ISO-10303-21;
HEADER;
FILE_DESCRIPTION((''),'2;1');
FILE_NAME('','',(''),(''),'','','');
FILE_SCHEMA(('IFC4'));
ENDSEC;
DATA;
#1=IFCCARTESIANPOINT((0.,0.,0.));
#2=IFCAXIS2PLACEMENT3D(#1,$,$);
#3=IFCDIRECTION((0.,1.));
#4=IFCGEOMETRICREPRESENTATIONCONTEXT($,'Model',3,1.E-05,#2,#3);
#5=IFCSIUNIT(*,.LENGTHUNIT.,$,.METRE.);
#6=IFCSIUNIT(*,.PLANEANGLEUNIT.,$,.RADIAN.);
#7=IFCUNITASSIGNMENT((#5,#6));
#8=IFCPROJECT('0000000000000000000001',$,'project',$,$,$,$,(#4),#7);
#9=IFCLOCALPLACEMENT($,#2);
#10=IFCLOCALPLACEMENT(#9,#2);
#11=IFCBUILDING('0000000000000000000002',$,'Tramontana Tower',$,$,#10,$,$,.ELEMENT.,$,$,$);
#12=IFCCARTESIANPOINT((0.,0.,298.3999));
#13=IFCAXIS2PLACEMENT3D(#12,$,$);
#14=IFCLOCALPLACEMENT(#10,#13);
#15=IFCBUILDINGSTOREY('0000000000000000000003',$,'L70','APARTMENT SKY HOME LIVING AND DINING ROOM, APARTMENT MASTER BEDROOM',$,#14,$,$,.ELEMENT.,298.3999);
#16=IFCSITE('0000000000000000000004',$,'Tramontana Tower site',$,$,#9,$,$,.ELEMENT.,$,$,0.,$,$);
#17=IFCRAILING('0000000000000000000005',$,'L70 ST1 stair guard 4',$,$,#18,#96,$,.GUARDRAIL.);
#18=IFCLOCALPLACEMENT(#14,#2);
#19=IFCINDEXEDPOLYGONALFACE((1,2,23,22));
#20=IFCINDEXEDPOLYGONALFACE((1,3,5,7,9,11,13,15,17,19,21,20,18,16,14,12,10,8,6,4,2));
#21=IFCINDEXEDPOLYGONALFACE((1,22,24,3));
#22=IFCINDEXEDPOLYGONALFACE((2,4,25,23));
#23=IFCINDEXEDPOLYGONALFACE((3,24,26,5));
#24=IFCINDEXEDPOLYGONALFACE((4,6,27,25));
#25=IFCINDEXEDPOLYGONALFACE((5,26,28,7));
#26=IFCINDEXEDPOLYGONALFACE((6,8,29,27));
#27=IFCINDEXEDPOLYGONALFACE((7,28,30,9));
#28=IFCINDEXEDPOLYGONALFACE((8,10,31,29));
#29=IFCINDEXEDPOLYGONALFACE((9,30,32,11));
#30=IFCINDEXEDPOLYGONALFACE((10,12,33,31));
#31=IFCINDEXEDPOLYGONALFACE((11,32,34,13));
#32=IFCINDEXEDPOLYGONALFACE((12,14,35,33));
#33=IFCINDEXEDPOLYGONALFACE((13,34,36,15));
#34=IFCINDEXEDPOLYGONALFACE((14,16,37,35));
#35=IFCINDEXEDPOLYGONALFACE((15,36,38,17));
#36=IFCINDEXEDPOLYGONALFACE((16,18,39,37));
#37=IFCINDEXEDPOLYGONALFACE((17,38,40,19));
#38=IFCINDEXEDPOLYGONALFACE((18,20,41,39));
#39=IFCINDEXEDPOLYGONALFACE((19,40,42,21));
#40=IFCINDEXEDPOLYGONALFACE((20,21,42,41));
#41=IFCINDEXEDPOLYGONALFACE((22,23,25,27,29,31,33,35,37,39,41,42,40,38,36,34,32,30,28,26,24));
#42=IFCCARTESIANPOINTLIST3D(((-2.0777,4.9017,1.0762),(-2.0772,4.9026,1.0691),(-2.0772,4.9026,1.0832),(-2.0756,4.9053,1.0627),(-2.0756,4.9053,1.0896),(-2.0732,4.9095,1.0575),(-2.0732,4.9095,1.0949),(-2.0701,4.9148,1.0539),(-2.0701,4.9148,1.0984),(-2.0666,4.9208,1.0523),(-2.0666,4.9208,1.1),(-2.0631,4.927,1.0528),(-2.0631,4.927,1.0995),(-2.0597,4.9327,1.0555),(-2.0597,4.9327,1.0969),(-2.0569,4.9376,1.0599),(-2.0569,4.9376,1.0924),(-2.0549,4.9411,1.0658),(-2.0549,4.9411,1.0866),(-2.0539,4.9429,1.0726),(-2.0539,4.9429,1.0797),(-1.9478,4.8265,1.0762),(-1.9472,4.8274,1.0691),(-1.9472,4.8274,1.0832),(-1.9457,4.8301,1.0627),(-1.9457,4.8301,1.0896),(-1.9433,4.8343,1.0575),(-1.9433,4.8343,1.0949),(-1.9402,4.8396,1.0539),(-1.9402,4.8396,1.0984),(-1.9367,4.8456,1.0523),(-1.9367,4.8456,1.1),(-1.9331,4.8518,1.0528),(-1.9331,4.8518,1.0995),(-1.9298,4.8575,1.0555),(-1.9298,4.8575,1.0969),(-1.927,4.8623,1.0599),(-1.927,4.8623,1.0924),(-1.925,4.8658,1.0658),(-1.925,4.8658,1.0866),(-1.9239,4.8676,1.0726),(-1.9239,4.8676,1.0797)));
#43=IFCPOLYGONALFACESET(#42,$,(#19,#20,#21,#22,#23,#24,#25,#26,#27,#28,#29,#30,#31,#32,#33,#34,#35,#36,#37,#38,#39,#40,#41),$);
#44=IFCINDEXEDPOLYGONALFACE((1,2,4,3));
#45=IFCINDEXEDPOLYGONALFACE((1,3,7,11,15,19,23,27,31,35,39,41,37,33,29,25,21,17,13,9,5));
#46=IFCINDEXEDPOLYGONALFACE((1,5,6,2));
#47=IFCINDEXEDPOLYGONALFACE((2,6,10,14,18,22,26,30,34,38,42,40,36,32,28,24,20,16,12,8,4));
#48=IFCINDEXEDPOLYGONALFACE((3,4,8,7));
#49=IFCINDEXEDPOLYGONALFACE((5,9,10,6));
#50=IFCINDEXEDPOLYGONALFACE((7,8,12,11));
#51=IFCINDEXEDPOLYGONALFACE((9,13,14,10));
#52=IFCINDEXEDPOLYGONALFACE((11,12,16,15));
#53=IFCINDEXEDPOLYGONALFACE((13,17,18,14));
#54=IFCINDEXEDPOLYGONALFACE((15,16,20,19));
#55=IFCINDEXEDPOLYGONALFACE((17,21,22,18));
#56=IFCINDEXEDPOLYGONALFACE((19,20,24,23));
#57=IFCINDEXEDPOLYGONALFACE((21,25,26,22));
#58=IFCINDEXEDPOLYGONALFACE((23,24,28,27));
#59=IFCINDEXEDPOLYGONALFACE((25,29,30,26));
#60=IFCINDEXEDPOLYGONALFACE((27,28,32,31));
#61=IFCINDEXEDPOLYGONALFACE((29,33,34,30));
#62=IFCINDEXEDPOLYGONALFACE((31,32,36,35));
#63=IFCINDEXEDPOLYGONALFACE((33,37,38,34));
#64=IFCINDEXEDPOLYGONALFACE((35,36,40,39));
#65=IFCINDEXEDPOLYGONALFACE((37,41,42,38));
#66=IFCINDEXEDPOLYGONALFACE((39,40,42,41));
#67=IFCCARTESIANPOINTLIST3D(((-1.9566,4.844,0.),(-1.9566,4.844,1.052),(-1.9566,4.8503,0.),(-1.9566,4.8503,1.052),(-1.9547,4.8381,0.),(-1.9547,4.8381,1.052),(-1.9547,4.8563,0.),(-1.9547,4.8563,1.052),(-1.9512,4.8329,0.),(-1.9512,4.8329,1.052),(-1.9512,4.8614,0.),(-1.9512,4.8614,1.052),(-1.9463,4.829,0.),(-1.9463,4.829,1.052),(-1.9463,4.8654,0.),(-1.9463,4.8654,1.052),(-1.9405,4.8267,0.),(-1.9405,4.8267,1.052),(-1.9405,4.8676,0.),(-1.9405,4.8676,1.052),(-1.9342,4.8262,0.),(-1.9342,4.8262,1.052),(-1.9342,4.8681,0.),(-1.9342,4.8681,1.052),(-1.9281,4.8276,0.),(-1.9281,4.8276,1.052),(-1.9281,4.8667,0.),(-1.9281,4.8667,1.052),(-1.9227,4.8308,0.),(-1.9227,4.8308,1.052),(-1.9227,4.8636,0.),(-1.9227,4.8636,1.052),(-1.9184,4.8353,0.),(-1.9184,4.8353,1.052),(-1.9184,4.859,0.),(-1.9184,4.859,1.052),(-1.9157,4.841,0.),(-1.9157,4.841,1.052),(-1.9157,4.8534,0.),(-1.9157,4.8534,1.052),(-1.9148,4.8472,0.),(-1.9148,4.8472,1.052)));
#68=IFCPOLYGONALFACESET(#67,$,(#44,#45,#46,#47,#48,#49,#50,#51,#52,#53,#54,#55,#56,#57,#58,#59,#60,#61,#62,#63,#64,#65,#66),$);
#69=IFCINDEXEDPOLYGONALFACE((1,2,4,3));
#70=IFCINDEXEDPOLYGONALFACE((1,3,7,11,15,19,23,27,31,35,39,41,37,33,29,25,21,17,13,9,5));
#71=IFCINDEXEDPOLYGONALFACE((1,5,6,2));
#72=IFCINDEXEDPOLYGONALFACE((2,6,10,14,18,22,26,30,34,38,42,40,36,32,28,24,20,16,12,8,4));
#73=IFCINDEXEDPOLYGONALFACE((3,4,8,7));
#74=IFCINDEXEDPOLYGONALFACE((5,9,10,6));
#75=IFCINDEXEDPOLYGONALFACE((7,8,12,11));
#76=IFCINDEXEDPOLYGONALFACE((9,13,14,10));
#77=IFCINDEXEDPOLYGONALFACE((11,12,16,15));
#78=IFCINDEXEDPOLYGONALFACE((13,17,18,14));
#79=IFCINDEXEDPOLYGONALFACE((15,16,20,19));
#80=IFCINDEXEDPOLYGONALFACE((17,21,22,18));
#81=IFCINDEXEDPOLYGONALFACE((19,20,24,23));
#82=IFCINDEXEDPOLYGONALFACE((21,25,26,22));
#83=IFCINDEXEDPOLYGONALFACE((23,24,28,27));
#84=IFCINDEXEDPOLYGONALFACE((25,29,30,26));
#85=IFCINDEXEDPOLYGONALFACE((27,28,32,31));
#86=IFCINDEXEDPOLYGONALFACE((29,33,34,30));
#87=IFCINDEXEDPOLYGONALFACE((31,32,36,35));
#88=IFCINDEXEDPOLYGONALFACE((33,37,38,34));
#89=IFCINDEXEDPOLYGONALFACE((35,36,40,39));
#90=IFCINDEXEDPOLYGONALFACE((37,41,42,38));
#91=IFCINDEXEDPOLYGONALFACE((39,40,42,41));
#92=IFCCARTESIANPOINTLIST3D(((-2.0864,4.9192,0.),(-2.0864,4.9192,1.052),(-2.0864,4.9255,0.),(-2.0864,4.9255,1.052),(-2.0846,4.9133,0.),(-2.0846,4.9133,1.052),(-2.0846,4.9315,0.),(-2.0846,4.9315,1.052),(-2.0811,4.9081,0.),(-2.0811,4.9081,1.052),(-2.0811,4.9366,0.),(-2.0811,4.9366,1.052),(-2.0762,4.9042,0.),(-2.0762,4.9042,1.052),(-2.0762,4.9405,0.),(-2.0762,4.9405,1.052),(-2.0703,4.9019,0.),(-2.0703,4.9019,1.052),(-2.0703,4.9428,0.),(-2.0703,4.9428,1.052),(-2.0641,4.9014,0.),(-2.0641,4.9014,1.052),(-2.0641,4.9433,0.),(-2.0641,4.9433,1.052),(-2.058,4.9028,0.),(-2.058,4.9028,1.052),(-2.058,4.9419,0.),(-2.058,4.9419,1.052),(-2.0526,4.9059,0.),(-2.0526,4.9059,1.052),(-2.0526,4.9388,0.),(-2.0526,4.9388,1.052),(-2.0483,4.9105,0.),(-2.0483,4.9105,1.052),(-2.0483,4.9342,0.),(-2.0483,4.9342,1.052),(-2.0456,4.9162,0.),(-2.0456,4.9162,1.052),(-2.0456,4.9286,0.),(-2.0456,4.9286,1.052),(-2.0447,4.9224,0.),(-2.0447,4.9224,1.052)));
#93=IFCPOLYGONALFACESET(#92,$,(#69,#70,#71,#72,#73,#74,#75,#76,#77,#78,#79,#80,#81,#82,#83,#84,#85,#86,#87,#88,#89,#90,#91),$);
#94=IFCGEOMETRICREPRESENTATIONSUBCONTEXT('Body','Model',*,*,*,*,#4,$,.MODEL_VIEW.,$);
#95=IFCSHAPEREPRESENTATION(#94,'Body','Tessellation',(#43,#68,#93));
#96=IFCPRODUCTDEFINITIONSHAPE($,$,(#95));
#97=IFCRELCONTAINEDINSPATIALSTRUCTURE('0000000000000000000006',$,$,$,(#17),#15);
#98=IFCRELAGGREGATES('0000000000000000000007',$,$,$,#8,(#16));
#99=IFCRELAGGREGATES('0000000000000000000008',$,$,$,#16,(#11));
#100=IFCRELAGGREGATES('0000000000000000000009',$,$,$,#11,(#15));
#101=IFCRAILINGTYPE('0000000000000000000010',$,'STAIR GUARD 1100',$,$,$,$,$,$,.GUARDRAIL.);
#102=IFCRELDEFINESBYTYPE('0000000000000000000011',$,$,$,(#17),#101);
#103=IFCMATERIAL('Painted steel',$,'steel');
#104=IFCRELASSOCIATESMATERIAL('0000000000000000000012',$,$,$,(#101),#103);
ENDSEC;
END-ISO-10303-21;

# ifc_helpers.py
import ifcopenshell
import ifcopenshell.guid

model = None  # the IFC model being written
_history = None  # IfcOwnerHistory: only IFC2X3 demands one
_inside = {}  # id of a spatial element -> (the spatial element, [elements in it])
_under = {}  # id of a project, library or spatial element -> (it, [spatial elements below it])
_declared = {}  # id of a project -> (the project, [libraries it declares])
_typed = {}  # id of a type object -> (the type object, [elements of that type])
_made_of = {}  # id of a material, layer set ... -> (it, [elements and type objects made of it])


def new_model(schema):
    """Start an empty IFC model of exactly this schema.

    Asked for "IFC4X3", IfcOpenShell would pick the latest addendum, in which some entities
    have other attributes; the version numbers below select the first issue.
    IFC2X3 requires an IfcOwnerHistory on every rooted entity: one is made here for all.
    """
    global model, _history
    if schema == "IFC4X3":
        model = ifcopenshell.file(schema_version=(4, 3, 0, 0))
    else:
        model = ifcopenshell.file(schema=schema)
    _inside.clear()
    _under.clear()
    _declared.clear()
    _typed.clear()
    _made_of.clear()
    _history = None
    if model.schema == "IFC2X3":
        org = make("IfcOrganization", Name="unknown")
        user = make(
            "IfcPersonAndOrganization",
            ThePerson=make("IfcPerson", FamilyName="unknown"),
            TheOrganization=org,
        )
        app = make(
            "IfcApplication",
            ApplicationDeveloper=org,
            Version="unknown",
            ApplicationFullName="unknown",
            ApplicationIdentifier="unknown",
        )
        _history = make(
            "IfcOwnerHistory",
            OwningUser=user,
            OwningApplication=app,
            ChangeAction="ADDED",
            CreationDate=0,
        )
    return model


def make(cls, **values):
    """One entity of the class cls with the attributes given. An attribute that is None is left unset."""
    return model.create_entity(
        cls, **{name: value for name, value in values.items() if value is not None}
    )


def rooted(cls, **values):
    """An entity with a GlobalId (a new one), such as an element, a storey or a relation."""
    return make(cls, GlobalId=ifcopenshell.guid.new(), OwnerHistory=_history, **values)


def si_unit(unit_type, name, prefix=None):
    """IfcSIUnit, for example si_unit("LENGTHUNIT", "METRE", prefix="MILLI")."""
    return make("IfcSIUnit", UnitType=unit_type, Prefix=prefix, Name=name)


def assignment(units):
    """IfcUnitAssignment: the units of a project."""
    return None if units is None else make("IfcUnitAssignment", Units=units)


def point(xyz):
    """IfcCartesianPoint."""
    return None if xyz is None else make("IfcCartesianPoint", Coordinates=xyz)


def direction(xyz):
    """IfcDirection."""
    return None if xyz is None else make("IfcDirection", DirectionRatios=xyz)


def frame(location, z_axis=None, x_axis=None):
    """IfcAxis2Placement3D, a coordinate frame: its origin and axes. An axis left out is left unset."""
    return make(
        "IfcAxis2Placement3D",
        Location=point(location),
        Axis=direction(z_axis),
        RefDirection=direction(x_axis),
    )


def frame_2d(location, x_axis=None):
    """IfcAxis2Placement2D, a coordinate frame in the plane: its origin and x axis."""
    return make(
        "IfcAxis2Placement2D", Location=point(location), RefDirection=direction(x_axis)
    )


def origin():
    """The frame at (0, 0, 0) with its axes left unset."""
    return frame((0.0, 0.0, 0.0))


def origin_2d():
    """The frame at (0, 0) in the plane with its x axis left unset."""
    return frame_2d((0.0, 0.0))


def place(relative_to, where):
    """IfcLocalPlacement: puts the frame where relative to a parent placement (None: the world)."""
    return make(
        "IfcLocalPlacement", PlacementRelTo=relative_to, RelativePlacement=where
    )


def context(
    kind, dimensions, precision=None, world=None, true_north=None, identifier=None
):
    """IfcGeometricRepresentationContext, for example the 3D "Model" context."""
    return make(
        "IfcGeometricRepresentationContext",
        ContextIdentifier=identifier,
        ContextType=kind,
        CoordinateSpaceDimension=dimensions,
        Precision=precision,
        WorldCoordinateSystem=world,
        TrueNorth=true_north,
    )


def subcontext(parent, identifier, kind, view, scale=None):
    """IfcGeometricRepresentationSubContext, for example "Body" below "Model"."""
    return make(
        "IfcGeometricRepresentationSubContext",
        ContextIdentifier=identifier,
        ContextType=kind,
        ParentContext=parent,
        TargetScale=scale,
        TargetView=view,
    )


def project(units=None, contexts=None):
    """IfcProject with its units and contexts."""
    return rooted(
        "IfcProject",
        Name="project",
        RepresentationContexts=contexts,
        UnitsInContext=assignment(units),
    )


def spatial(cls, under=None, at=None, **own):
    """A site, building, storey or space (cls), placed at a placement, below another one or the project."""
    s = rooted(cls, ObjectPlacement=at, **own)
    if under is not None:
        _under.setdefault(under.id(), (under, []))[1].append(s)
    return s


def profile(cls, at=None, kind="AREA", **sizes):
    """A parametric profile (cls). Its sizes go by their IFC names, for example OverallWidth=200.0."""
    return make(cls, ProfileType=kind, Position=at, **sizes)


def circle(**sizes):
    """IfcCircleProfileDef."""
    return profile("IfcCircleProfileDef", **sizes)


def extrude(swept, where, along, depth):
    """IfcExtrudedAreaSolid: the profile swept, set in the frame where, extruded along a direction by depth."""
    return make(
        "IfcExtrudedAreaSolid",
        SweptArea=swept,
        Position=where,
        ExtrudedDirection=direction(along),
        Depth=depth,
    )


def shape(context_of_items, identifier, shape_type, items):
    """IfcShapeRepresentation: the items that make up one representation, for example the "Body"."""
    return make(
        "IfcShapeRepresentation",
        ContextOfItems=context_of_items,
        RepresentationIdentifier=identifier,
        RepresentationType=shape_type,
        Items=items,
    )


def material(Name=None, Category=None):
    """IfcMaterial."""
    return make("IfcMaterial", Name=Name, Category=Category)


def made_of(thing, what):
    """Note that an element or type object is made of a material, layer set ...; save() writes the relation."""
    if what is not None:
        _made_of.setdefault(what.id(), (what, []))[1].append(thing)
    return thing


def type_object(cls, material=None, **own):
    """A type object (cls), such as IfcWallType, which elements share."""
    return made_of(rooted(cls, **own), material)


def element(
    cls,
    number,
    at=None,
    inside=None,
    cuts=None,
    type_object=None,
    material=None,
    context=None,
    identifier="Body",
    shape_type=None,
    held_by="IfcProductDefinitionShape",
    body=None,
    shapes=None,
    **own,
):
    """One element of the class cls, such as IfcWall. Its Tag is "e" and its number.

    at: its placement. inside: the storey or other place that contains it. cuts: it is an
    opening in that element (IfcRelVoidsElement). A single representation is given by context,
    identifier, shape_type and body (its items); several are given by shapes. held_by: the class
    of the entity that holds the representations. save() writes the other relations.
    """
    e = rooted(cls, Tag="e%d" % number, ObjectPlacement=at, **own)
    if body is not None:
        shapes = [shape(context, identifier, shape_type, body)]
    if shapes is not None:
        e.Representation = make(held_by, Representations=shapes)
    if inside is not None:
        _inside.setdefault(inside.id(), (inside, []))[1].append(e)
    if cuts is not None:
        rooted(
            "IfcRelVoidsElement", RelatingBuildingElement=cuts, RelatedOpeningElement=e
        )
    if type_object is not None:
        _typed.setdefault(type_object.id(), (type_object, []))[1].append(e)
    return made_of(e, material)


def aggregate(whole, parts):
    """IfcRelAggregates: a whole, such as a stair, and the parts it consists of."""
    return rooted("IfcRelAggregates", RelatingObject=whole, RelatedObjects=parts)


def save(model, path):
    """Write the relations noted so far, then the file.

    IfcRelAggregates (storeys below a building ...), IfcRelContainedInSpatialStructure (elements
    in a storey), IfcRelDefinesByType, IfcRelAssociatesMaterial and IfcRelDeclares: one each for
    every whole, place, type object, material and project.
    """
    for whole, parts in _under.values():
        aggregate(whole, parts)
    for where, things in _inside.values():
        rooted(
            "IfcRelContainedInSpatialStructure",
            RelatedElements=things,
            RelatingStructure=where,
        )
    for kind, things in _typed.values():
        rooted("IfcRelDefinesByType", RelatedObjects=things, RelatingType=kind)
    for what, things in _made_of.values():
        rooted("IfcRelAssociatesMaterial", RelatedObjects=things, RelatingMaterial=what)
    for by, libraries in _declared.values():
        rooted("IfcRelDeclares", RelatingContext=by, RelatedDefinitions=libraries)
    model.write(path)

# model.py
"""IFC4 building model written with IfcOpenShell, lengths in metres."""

from ifc_helpers import new_model, si_unit, direction, frame, origin, origin_2d, place, context, subcontext, project, spatial, circle, extrude, material, type_object, element, save


model = new_model("IFC4")

# Units and contexts
model_context = context("Model", 3, precision=1e-05, world=origin(), true_north=direction((0.0, 1.0)))
body_context = subcontext(model_context, "Body", "Model", "MODEL_VIEW")
ifc_project = project(units=[si_unit("LENGTHUNIT", "METRE"), si_unit("PLANEANGLEUNIT", "RADIAN")], contexts=[model_context])

# Site, building, storey
site_placement = place(None, origin())
site = spatial("IfcSite", under=ifc_project, at=site_placement, Name="Tramontana Tower site", CompositionType="ELEMENT", RefElevation=0.0)
building_placement = place(site_placement, origin())
building = spatial("IfcBuilding", under=site, at=building_placement, Name="Tramontana Tower", CompositionType="ELEMENT")
storey_placement = place(building_placement, frame((0.0, 0.0, 298.3999)))
storey = spatial("IfcBuildingStorey", under=building, at=storey_placement, Name="L70", Description="APARTMENT SKY HOME LIVING AND DINING ROOM, APARTMENT MASTER BEDROOM", CompositionType="ELEMENT", Elevation=298.3999)

# Railing
ifc_material_1 = material(Name="Painted steel", Category="steel")
railing_type_1 = type_object("IfcRailingType", Name="STAIR GUARD 1100", PredefinedType="GUARDRAIL", material=ifc_material_1)
railing_1_placement = place(storey_placement, frame((-1.9358, 4.8472, 0.0)))
element("IfcRailing", 1, at=railing_1_placement, inside=storey, type_object=railing_type_1, Name="L70 ST1 stair guard 4", PredefinedType="GUARDRAIL", context=body_context, shape_type="SweptSolid", body=[
    extrude(circle(Radius=0.0239, at=origin_2d()), frame((0.0, 0.0, 1.0762), z_axis=(-0.865426, 0.501036, 0.0), x_axis=(-0.501036, -0.865426, 0.0)), (0.0, 0.0, 1.0), 0.1501),
    extrude(circle(Radius=0.021, at=origin_2d()), origin(), (0.0, 0.0, 1.0), 1.052),
    extrude(circle(Radius=0.021, at=origin_2d()), frame((-0.1299, 0.0752, 0.0)), (0.0, 0.0, 1.0), 1.052),
])

save(model, "model.ifc")
